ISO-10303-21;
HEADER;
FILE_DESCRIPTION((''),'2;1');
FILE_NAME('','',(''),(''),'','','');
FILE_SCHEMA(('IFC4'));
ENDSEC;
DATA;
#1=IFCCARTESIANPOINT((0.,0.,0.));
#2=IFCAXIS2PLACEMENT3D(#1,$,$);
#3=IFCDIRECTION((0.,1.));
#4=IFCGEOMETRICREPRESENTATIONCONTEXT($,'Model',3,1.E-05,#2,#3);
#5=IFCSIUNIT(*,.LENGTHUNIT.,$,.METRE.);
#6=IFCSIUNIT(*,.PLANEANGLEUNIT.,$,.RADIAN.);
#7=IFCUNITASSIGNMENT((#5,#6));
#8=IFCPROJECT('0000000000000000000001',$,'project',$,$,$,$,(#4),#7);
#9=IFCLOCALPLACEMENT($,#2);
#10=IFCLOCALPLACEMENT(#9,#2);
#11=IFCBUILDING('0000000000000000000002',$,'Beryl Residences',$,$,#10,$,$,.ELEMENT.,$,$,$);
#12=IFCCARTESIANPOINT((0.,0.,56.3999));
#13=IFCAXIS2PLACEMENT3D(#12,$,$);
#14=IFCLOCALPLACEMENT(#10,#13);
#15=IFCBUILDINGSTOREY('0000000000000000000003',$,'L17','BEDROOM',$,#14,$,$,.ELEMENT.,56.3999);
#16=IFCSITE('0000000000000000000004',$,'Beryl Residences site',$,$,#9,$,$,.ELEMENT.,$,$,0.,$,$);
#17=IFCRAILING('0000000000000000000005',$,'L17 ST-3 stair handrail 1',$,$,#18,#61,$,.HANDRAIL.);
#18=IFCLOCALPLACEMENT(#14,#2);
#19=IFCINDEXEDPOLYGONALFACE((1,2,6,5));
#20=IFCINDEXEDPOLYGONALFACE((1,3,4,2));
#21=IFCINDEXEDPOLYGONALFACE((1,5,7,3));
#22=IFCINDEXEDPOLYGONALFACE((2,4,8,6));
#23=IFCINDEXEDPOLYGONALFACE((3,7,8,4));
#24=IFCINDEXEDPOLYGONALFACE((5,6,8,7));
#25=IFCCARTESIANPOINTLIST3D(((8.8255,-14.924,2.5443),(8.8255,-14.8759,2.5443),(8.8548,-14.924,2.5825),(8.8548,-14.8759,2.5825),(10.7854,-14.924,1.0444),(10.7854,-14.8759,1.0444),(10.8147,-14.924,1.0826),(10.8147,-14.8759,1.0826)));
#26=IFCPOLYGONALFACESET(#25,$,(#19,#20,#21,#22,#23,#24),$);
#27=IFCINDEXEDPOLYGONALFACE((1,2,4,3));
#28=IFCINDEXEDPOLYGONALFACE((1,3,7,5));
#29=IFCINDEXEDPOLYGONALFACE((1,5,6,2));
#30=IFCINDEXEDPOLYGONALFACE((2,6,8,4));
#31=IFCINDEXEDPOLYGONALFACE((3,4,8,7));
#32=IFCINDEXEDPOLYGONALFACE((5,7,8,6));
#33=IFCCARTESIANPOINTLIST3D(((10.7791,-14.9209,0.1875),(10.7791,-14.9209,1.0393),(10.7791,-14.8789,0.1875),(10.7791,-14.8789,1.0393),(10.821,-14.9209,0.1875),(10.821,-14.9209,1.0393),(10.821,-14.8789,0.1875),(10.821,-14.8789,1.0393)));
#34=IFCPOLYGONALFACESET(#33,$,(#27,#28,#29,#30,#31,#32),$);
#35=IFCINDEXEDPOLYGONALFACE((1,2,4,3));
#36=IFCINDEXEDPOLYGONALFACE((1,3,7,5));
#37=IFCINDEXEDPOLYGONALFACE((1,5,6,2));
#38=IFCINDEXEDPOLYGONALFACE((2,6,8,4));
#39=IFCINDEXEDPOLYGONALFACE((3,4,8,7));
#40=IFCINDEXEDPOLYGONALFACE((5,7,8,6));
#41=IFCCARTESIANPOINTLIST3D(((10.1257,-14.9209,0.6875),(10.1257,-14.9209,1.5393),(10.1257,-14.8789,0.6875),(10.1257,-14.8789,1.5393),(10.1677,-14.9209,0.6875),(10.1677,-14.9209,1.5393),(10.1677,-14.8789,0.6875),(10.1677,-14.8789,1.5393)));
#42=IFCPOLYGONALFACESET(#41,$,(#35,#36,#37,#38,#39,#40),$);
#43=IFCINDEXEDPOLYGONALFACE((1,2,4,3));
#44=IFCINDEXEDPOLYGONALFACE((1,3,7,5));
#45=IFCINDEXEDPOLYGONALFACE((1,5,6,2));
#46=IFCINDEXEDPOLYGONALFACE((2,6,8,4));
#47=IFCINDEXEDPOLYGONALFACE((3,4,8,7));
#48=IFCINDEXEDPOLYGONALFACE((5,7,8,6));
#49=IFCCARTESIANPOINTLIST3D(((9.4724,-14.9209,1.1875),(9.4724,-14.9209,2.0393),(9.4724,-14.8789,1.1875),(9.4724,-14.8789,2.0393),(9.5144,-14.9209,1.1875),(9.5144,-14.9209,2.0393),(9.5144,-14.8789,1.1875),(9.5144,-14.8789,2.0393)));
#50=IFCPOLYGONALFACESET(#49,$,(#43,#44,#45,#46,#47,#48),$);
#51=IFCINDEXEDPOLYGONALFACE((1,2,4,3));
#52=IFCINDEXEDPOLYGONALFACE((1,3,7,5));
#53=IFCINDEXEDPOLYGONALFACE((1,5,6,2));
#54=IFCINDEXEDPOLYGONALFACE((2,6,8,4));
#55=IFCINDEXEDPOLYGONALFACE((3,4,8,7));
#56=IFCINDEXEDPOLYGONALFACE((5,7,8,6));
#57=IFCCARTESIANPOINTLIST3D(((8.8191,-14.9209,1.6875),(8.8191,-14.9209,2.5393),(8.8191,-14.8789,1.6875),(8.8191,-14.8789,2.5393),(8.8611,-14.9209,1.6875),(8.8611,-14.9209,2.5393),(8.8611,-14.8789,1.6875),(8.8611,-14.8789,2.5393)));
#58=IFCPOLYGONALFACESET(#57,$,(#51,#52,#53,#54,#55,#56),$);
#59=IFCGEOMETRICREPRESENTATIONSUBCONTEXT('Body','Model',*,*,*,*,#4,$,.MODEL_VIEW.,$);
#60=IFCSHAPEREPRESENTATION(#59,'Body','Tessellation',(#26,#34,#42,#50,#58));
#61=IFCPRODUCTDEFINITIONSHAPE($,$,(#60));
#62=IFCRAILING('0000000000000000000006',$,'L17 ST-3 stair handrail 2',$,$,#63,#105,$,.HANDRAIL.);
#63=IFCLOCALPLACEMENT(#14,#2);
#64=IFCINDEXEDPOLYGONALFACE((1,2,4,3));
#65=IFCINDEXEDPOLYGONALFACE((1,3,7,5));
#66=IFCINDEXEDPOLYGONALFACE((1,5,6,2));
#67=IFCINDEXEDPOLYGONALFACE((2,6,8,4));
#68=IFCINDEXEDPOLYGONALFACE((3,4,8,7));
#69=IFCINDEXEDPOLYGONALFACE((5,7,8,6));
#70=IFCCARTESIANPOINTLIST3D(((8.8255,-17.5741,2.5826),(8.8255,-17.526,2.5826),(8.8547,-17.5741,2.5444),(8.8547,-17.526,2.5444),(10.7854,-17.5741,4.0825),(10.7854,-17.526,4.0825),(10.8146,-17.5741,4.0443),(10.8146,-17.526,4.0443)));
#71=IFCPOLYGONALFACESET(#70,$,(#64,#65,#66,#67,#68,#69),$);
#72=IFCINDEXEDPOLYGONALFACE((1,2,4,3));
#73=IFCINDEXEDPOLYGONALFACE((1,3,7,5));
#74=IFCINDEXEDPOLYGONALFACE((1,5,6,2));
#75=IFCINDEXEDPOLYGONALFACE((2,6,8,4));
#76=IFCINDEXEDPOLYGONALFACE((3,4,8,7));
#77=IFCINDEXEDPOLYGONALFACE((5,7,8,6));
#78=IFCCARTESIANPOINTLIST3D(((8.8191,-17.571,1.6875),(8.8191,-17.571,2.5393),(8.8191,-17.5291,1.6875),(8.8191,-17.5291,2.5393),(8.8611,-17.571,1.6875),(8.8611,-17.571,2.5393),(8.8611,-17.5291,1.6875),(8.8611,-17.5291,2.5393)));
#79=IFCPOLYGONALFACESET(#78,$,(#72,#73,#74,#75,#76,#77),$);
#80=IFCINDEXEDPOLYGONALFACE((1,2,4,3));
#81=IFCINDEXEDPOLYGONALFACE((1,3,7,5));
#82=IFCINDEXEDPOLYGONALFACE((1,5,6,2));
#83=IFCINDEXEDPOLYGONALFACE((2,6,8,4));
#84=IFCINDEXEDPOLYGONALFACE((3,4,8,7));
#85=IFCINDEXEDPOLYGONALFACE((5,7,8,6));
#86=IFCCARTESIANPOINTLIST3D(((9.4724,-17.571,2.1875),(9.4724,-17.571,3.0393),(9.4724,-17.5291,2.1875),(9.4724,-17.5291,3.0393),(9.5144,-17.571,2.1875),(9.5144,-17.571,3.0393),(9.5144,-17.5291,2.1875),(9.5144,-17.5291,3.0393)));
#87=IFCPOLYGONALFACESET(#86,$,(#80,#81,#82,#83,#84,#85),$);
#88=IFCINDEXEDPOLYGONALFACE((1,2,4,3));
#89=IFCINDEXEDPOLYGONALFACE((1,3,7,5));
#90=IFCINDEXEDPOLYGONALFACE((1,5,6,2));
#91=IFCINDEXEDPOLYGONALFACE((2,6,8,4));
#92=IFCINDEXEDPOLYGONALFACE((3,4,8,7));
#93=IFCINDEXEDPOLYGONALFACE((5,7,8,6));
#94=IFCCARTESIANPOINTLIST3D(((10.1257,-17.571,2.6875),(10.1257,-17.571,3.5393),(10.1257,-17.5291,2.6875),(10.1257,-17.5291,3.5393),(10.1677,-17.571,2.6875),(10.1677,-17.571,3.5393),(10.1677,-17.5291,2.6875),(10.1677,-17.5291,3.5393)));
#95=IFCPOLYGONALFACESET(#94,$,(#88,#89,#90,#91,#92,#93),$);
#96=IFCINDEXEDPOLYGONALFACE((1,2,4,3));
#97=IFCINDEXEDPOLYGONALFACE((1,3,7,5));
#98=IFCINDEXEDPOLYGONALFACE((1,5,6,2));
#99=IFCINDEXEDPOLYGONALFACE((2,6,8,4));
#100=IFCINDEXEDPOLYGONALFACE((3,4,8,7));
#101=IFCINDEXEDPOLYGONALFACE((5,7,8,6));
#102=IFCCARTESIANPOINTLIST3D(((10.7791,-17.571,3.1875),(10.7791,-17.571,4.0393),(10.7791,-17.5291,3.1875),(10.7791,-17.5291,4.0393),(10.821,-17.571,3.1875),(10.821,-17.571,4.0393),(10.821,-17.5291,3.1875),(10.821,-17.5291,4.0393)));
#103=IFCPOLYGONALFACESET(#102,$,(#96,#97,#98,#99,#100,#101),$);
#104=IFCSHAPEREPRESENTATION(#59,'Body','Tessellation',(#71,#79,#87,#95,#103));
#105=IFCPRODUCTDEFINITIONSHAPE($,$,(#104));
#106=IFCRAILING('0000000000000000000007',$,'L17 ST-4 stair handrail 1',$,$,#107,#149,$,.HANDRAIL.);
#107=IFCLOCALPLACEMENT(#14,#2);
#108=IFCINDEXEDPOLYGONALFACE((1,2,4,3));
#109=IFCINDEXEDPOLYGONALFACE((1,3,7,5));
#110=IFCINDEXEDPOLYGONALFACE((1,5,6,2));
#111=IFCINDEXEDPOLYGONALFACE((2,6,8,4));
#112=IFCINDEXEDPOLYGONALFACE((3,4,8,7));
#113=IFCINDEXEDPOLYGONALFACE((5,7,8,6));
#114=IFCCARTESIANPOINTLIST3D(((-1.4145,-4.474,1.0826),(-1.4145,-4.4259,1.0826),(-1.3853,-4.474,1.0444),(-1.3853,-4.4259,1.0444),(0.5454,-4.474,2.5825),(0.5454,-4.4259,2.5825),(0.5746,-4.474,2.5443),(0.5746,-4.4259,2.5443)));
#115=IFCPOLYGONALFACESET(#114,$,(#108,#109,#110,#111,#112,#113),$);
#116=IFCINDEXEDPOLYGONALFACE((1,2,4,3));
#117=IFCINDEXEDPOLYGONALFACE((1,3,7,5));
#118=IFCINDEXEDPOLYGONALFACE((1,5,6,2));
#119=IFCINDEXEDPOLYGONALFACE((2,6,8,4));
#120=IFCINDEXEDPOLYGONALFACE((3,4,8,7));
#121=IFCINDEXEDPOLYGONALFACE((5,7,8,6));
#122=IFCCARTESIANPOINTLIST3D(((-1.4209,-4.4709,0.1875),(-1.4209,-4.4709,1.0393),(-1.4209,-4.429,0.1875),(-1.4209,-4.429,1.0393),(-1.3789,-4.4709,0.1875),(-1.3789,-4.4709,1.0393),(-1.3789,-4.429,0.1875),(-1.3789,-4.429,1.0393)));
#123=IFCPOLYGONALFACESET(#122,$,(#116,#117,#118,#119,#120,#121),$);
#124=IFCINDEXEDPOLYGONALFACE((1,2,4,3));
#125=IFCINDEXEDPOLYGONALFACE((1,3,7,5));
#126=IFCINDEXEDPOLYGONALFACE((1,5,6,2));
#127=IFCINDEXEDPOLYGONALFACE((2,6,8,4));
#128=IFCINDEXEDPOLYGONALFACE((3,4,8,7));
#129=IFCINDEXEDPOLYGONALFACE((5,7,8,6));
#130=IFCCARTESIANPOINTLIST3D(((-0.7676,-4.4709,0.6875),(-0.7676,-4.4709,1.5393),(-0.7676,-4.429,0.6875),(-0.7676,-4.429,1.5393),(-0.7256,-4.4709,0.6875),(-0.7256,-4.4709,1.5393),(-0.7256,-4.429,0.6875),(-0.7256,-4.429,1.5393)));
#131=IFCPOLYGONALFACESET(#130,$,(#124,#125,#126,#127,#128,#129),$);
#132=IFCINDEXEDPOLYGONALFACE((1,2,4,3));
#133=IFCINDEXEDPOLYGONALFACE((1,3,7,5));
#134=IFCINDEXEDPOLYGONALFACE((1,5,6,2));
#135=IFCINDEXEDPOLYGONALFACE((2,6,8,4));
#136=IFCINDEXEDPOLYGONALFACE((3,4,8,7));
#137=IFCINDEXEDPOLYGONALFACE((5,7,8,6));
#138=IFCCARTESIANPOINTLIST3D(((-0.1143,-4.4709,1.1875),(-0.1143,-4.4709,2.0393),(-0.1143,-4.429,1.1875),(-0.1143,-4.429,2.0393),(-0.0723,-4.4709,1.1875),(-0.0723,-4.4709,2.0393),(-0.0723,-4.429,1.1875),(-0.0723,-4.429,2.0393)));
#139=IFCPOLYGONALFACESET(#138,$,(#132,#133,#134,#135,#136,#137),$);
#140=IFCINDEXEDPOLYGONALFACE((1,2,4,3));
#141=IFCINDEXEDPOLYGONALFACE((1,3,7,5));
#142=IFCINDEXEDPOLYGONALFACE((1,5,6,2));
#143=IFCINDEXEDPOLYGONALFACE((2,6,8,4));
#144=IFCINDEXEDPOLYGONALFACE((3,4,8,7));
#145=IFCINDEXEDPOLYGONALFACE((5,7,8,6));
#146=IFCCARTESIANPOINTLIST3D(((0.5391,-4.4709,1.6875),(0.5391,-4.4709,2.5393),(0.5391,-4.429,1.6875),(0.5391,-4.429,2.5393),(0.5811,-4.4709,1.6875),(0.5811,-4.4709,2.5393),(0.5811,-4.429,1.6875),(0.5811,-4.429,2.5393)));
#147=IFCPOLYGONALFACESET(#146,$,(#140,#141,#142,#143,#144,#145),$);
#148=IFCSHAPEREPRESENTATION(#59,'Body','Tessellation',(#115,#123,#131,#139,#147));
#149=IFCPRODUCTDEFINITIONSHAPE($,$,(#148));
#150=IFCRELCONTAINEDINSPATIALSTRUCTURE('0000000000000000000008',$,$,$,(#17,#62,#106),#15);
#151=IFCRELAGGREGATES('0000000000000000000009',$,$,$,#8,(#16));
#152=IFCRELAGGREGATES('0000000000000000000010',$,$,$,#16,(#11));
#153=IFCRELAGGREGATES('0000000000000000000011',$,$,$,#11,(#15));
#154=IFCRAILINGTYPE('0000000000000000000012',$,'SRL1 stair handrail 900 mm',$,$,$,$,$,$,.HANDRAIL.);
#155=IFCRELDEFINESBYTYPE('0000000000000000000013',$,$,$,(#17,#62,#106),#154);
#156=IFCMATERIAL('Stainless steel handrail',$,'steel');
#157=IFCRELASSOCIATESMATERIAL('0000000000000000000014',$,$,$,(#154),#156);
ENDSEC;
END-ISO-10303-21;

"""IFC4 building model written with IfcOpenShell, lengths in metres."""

from ifc_helpers import new_model, si_unit, direction, frame, origin, origin_2d, place, context, subcontext, project, spatial, rectangle, extrude, material, type_object, element, save


model = new_model("IFC4")

# Units and contexts
model_context = context("Model", 3, precision=1e-05, world=origin(), true_north=direction((0.0, 1.0)))
body_context = subcontext(model_context, "Body", "Model", "MODEL_VIEW")
ifc_project = project(units=[si_unit("LENGTHUNIT", "METRE"), si_unit("PLANEANGLEUNIT", "RADIAN")], contexts=[model_context])

# Site, building, storey
site_placement = place(None, origin())
site = spatial("IfcSite", under=ifc_project, at=site_placement, Name="Beryl Residences site", CompositionType="ELEMENT", RefElevation=0.0)
building_placement = place(site_placement, origin())
building = spatial("IfcBuilding", under=site, at=building_placement, Name="Beryl Residences", CompositionType="ELEMENT")
storey_placement = place(building_placement, frame((0.0, 0.0, 56.3999)))
storey = spatial("IfcBuildingStorey", under=building, at=storey_placement, Name="L17", Description="BEDROOM", CompositionType="ELEMENT", Elevation=56.3999)

# Railings
ifc_material_1 = material(Name="Stainless steel handrail", Category="steel")
railing_type_1 = type_object("IfcRailingType", Name="SRL1 stair handrail 900 mm", PredefinedType="HANDRAIL", material=ifc_material_1)
railing_1_placement = place(storey_placement, frame((10.8, -14.8999, 0.1875)))
element("IfcRailing", 1, at=railing_1_placement, inside=storey, type_object=railing_type_1, Name="L17 ST-3 stair handrail 1", PredefinedType="HANDRAIL", context=body_context, shape_type="SweptSolid", body=[
    extrude(rectangle(XDim=0.0481, YDim=0.0481, at=origin_2d()), frame((0.0, 0.0, 0.876), z_axis=(-0.794122, 0.0, 0.607758), x_axis=(0.0, -1.0, 0.0)), (0.0, 0.0, 1.0), 2.468),
    extrude(rectangle(XDim=0.042, YDim=0.042, at=origin_2d()), origin(), (0.0, 0.0, 1.0), 0.8518),
    extrude(rectangle(XDim=0.042, YDim=0.042, at=origin_2d()), frame((-0.6533, 0.0, 0.5)), (0.0, 0.0, 1.0), 0.8518),
    extrude(rectangle(XDim=0.042, YDim=0.042, at=origin_2d()), frame((-1.3066, 0.0, 1.0)), (0.0, 0.0, 1.0), 0.8518),
    extrude(rectangle(XDim=0.042, YDim=0.042, at=origin_2d()), frame((-1.96, 0.0, 1.5)), (0.0, 0.0, 1.0), 0.8518),
])
for number, where, name in (
    (2, (8.8401, -17.55, 1.6875), "L17 ST-3 stair handrail 2"),
    (3, (-1.3999, -4.45, 0.1875), "L17 ST-4 stair handrail 1"),
):
    element("IfcRailing", number, at=place(storey_placement, frame(where)), inside=storey, type_object=railing_type_1, Name=name, PredefinedType="HANDRAIL", context=body_context, shape_type="SweptSolid", body=[
        extrude(rectangle(XDim=0.0481, YDim=0.0481, at=origin_2d()), frame((0.0, 0.0, 0.876), z_axis=(0.794122, 0.0, 0.607758), x_axis=(0.0, 1.0, 0.0)), (0.0, 0.0, 1.0), 2.468),
        extrude(rectangle(XDim=0.042, YDim=0.042, at=origin_2d()), origin(), (0.0, 0.0, 1.0), 0.8518),
        extrude(rectangle(XDim=0.042, YDim=0.042, at=origin_2d()), frame((0.6533, 0.0, 0.5)), (0.0, 0.0, 1.0), 0.8518),
        extrude(rectangle(XDim=0.042, YDim=0.042, at=origin_2d()), frame((1.3066, 0.0, 1.0)), (0.0, 0.0, 1.0), 0.8518),
        extrude(rectangle(XDim=0.042, YDim=0.042, at=origin_2d()), frame((1.96, 0.0, 1.5)), (0.0, 0.0, 1.0), 0.8518),
    ])

save(model, "model.ifc")
